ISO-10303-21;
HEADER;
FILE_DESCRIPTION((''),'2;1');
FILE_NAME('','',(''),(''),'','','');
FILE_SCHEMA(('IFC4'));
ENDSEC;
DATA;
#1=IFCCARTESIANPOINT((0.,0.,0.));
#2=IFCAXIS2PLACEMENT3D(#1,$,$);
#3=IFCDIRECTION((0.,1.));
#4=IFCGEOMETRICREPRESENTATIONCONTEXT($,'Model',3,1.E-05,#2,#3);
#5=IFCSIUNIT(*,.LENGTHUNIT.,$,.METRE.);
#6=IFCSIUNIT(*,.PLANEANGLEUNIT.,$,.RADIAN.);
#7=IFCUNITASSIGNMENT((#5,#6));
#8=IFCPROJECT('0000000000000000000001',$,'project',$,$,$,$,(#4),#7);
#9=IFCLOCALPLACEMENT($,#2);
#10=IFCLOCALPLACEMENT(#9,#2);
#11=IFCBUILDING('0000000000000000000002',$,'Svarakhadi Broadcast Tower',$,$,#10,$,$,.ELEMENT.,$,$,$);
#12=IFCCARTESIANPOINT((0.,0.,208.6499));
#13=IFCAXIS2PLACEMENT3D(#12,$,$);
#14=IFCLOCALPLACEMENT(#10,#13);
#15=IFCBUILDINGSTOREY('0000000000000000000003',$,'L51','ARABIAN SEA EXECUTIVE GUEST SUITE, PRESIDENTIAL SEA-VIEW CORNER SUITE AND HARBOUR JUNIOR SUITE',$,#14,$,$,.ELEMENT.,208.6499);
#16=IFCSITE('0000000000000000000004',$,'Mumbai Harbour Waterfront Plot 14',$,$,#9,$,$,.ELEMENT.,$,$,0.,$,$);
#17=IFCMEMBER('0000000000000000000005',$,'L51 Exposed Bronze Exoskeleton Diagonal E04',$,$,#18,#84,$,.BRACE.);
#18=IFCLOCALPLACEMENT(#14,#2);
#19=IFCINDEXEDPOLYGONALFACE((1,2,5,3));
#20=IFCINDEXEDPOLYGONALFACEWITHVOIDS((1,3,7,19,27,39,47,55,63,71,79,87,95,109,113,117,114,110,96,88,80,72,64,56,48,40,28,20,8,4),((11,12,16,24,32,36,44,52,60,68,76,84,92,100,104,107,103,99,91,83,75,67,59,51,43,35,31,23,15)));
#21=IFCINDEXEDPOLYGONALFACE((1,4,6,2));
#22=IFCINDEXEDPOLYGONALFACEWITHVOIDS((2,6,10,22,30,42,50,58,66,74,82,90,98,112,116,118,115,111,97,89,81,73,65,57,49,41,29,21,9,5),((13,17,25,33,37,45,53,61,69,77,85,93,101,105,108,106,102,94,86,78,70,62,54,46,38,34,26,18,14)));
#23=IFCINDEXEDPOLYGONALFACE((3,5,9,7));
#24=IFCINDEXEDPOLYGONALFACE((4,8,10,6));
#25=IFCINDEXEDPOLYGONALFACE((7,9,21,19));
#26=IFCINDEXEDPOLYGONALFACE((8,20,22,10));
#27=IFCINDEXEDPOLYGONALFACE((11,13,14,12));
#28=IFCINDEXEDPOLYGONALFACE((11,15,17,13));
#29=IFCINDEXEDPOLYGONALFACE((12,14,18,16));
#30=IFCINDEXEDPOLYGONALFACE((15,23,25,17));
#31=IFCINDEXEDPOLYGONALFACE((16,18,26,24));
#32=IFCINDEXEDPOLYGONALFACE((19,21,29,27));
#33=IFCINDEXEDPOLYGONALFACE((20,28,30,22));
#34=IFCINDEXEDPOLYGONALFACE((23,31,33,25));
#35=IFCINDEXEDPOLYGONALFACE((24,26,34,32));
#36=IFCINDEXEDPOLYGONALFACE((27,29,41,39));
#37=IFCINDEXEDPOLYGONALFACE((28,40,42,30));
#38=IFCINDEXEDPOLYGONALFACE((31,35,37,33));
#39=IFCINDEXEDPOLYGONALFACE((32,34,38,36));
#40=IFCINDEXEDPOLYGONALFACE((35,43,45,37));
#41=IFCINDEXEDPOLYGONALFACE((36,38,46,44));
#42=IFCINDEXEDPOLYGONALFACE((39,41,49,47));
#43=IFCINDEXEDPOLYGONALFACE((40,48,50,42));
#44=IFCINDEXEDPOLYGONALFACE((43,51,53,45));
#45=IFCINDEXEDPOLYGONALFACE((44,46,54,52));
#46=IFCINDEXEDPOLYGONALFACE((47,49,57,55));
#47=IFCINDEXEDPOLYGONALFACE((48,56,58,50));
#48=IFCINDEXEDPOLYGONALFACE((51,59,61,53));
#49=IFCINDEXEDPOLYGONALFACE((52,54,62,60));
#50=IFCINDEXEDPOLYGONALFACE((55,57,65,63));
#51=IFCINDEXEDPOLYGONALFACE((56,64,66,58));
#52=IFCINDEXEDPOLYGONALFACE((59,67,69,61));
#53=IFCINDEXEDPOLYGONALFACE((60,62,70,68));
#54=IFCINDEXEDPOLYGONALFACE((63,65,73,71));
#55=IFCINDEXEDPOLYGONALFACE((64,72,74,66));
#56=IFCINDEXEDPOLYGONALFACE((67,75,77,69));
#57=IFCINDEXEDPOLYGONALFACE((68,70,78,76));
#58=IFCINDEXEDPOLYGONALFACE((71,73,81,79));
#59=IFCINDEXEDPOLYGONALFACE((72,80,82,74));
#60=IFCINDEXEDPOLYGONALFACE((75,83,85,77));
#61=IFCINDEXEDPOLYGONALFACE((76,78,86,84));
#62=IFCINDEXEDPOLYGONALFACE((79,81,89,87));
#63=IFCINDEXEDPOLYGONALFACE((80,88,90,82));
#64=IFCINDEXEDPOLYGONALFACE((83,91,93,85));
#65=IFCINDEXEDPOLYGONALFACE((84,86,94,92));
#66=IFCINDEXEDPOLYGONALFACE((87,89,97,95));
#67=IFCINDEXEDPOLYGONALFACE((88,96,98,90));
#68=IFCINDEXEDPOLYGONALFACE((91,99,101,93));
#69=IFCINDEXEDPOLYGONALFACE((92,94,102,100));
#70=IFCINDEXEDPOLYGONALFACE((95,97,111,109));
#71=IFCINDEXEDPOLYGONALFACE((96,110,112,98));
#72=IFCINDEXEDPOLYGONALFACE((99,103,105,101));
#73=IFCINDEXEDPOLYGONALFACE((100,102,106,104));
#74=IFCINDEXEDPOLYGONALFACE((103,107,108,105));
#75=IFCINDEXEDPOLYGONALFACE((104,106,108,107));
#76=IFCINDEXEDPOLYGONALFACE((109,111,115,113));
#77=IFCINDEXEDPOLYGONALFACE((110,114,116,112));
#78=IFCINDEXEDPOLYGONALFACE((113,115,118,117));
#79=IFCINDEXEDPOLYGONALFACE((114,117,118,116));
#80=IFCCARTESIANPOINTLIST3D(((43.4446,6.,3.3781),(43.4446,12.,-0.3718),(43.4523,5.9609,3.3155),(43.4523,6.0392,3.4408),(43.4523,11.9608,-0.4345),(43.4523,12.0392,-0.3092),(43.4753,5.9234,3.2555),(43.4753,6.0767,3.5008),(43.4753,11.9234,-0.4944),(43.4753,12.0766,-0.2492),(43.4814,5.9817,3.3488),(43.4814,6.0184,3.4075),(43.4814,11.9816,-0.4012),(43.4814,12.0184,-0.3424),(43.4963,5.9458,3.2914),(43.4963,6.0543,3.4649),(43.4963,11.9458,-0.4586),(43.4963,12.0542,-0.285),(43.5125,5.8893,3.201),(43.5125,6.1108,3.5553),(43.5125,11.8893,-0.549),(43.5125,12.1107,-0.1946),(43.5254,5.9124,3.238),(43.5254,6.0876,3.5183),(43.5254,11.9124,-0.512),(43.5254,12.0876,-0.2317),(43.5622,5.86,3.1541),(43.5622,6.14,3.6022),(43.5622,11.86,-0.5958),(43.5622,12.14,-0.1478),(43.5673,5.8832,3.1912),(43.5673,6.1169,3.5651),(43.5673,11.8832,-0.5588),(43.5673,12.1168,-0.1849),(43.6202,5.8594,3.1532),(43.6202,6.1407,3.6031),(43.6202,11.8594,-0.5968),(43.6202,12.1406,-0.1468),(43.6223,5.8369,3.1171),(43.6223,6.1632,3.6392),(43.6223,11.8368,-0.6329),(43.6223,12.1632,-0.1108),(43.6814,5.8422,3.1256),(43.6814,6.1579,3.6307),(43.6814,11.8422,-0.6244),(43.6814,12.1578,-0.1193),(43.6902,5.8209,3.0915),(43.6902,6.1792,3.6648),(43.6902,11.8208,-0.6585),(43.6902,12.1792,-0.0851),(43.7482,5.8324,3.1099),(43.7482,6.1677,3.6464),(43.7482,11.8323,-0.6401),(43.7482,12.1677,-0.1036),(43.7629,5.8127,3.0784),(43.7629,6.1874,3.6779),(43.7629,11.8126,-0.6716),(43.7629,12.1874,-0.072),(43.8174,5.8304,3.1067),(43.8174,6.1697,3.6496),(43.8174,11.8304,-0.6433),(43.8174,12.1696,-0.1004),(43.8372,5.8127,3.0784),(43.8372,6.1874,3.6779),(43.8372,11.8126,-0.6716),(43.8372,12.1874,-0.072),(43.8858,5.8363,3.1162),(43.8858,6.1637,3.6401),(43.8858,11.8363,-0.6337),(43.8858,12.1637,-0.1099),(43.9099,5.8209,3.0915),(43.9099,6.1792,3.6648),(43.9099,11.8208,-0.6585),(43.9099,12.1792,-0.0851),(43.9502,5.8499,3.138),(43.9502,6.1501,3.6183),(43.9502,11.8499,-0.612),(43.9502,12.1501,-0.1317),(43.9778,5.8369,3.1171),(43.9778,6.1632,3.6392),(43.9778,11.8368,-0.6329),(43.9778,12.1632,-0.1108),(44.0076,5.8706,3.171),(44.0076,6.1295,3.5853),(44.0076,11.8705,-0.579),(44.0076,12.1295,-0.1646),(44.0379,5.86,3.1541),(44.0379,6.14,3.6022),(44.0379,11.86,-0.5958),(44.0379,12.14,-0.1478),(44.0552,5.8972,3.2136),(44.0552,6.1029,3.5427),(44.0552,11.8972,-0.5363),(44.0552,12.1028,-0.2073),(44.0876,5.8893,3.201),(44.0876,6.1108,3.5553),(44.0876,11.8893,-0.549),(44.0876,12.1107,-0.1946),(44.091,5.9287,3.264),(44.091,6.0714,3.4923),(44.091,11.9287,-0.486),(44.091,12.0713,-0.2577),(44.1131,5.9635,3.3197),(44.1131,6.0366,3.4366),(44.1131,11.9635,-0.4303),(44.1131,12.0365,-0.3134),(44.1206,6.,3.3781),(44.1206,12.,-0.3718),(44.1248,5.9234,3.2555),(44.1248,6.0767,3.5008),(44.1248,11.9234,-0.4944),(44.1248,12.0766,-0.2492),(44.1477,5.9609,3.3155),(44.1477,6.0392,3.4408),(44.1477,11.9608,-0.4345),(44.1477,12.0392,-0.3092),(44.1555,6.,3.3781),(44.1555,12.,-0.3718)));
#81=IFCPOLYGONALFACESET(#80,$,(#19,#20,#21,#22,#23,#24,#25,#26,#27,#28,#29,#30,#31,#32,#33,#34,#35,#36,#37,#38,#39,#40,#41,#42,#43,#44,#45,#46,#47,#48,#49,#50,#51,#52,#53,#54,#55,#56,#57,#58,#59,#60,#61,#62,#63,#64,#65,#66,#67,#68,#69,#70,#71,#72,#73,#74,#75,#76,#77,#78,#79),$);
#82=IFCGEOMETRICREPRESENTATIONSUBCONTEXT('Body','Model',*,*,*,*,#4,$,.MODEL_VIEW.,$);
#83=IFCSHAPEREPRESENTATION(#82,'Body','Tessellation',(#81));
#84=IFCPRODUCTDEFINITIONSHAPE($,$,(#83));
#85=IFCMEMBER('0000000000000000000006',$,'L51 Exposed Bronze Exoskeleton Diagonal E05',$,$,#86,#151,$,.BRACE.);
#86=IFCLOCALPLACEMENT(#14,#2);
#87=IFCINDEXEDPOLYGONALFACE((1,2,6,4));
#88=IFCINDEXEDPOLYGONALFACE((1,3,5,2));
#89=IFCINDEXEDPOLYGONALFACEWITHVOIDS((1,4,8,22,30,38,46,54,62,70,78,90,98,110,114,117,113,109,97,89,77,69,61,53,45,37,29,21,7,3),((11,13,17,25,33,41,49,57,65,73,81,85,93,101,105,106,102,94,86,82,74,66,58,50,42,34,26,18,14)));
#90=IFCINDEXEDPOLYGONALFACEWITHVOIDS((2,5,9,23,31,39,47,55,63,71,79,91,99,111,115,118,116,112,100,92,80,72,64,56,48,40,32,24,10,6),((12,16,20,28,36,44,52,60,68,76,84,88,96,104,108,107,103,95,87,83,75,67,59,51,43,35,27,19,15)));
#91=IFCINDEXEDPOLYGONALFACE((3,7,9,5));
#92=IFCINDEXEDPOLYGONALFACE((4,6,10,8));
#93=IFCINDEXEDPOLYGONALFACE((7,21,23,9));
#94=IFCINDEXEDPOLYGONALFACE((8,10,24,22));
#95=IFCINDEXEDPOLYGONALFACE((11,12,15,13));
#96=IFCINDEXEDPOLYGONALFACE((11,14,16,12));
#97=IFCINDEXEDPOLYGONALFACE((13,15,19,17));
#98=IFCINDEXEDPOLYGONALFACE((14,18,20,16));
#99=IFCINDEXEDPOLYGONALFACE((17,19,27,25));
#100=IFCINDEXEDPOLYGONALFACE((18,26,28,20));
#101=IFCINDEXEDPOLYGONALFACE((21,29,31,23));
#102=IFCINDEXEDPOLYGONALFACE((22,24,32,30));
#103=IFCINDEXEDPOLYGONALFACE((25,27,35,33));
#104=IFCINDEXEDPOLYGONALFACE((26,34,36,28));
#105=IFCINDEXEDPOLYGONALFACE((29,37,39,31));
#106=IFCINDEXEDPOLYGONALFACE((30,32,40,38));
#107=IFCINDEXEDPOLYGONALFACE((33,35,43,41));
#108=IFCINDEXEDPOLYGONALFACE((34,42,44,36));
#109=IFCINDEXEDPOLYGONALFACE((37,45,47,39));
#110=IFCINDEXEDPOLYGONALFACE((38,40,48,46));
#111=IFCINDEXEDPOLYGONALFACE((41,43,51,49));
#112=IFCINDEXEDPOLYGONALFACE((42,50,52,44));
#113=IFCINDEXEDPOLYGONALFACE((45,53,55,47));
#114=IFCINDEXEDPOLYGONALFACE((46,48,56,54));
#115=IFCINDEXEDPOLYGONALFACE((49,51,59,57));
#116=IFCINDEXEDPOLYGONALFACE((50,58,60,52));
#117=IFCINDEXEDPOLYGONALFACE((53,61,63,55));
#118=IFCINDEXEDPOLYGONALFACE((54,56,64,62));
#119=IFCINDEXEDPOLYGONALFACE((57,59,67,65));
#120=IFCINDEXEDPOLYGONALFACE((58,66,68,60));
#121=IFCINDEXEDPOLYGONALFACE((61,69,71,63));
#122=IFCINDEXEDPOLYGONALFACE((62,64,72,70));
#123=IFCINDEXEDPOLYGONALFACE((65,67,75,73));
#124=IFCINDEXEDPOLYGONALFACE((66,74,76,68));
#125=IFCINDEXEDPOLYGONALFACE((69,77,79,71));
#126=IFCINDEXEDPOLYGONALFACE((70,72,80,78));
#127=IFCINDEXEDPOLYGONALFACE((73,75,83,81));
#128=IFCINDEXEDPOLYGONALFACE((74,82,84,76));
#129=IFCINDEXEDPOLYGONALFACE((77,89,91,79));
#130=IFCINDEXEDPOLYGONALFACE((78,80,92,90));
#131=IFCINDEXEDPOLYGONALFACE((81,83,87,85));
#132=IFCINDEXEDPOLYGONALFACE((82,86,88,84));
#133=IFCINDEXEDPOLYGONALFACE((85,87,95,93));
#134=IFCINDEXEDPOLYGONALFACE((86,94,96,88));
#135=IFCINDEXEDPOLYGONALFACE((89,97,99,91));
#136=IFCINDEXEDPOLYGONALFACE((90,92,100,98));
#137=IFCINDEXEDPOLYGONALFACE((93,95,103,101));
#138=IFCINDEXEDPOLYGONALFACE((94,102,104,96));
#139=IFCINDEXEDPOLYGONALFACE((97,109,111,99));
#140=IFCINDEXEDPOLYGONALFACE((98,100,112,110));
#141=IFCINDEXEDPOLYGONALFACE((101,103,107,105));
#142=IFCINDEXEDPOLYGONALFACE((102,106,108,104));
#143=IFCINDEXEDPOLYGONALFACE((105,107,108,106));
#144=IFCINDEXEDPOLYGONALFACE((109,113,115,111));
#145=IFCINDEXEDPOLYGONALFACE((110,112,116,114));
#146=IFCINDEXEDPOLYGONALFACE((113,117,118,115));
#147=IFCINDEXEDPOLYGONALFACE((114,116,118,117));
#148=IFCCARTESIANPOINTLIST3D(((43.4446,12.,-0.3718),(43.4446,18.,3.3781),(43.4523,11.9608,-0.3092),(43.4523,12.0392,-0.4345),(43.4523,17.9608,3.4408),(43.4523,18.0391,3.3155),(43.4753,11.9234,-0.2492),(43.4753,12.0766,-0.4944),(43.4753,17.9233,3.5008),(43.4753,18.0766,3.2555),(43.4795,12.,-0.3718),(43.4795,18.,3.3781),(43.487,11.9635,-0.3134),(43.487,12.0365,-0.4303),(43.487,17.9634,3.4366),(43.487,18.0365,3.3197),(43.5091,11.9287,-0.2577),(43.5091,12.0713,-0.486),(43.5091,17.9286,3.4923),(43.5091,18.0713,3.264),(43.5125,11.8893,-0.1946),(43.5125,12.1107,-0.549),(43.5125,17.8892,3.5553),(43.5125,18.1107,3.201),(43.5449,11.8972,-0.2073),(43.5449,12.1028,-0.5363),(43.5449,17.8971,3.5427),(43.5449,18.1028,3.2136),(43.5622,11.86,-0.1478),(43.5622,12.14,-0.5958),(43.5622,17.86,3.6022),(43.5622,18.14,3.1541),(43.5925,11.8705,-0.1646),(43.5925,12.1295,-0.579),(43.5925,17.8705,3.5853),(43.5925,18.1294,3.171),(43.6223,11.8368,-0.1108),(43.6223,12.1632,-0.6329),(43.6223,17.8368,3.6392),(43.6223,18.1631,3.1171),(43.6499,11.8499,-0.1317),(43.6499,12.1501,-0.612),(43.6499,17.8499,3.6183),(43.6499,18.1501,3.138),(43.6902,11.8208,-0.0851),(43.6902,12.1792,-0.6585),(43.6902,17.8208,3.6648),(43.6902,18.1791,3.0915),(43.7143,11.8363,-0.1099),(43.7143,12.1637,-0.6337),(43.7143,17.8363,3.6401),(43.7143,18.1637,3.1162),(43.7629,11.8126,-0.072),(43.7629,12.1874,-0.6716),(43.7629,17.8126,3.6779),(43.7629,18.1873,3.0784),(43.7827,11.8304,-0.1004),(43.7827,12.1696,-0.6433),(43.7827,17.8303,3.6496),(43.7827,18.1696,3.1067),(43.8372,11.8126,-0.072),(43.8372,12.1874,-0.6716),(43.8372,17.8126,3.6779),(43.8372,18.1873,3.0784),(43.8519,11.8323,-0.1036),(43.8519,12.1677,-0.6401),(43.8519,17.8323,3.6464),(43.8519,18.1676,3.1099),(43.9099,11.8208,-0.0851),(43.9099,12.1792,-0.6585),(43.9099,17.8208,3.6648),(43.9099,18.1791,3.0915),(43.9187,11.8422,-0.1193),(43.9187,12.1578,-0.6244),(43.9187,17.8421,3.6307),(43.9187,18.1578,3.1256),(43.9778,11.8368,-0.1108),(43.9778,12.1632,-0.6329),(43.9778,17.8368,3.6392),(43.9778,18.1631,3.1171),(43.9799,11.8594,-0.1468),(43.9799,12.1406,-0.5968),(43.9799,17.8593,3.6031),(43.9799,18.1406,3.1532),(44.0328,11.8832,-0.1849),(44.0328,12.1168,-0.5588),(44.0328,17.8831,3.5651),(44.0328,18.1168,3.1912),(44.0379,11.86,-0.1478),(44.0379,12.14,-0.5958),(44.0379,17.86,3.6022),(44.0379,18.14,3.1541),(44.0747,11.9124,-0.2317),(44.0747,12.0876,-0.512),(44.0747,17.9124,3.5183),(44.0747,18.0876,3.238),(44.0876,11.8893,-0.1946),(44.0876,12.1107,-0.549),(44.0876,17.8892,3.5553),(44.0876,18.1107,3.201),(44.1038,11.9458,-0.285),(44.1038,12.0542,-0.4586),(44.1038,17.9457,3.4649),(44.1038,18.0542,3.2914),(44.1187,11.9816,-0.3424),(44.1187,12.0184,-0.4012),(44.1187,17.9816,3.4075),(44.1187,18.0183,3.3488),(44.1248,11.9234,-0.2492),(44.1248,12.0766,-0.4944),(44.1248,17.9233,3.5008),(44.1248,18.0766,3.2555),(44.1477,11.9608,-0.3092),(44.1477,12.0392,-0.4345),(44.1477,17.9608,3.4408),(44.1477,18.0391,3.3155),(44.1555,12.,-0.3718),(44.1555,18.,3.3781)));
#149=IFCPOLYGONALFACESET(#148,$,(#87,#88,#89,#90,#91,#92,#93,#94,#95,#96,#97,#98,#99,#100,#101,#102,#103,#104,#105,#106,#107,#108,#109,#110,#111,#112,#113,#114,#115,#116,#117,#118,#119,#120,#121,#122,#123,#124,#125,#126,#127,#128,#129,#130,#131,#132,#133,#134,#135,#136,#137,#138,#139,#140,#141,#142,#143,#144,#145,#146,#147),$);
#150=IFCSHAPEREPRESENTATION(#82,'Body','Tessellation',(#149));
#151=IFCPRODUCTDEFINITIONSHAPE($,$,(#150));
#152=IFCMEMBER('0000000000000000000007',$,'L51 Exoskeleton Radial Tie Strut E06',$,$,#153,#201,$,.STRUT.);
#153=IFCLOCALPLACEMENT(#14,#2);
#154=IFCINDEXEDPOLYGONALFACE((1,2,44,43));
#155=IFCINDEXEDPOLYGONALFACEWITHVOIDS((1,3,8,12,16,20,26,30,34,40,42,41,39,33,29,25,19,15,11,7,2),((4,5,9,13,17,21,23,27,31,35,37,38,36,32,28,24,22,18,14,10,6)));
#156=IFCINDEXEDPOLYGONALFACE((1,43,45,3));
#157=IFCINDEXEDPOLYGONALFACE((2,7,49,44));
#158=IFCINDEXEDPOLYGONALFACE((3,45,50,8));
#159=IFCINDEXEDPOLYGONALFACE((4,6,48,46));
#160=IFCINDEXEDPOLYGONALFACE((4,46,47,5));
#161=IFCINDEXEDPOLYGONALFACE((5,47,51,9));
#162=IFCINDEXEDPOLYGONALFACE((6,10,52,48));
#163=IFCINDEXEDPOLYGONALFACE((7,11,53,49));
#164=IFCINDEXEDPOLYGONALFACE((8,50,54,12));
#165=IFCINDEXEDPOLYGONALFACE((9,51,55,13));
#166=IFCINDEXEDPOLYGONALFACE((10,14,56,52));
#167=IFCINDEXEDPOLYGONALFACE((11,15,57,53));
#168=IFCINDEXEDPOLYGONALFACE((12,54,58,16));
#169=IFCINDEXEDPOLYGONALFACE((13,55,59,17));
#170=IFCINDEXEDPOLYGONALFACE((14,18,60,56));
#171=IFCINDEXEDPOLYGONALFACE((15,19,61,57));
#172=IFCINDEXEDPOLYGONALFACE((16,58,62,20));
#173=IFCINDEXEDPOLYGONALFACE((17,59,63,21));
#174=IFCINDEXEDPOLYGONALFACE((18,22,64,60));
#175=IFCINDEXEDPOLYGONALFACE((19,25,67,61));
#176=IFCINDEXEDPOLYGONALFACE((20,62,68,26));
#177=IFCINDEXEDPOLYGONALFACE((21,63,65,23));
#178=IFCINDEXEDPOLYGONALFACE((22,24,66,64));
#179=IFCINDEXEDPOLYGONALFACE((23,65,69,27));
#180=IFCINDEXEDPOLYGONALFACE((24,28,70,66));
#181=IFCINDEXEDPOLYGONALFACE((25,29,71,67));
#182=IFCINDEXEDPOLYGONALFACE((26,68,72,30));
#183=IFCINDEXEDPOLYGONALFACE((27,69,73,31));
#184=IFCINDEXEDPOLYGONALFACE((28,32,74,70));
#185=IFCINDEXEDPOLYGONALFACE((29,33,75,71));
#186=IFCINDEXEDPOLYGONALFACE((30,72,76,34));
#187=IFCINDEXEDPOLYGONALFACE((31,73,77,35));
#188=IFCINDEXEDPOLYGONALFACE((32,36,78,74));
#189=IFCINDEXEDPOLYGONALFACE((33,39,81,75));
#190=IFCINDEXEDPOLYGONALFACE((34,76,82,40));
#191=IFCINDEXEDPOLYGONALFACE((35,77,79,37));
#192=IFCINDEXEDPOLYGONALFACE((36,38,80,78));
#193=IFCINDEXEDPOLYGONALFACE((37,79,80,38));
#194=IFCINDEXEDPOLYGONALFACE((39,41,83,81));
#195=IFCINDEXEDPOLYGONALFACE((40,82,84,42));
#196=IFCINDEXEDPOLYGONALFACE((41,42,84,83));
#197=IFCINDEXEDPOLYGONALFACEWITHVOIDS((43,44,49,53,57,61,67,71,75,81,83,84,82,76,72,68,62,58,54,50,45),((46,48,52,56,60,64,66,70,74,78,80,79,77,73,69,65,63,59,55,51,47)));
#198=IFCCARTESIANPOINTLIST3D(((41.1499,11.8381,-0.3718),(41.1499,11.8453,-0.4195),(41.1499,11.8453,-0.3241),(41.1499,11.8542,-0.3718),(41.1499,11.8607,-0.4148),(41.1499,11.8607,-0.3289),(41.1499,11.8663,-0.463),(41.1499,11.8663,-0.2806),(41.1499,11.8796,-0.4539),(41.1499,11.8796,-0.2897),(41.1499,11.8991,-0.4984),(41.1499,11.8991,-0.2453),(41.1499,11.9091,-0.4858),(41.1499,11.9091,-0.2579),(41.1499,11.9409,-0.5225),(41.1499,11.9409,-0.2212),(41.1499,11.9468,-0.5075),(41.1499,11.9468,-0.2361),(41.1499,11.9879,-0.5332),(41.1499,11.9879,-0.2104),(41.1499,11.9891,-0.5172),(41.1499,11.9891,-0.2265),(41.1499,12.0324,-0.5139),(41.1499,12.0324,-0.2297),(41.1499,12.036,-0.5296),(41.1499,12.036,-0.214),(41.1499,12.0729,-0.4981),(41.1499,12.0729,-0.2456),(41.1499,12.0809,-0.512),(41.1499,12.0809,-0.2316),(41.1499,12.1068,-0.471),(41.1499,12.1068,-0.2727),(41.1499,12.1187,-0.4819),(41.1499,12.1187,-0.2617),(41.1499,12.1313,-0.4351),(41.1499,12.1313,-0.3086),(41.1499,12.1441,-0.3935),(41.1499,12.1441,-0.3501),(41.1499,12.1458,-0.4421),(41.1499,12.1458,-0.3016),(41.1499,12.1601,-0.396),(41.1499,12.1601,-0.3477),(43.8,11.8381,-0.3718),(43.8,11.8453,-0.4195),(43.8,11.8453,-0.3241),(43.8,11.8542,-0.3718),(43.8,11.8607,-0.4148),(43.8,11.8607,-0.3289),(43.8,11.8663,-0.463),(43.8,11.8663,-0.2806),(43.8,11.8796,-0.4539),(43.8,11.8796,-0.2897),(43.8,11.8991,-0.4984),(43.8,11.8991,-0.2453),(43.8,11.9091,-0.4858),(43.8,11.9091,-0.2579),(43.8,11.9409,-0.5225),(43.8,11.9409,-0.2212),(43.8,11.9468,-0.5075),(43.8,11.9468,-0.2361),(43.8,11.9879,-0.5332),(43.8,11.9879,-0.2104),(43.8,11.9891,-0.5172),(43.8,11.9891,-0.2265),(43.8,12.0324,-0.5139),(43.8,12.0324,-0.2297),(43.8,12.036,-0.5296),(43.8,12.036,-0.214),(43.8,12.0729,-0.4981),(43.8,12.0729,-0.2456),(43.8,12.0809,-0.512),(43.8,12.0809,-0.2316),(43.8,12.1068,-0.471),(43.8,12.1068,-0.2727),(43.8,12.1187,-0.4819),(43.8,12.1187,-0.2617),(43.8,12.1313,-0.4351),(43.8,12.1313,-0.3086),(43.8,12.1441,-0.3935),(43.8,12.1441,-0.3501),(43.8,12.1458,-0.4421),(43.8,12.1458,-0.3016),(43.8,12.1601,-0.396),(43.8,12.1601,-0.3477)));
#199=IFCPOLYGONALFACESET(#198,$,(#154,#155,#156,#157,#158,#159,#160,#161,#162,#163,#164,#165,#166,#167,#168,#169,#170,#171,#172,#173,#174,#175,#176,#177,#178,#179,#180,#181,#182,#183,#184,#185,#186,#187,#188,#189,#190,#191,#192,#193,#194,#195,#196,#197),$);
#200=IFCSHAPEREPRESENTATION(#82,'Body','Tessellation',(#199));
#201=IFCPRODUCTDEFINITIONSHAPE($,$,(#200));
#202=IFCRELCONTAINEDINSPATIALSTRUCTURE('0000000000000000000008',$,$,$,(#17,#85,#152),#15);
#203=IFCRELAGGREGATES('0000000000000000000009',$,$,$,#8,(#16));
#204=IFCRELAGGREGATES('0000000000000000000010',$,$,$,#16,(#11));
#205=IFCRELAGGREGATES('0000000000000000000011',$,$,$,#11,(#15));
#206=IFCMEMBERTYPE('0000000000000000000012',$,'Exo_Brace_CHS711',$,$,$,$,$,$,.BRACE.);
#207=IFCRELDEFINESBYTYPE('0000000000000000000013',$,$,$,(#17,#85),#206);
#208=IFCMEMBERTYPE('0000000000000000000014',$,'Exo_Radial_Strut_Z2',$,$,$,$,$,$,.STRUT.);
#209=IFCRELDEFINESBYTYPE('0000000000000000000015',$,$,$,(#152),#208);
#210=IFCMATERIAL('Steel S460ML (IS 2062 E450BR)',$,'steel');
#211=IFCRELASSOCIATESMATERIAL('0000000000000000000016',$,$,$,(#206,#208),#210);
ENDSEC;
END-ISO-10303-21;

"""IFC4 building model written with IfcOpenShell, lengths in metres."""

from ifc_helpers import new_model, si_unit, direction, frame, origin, origin_2d, place, context, subcontext, project, spatial, hollow_circle, extrude, material, material_profile, profile_set, type_object, element, save


model = new_model("IFC4")

# Units and contexts
model_context = context("Model", 3, precision=1e-05, world=origin(), true_north=direction((0.0, 1.0)))
body_context = subcontext(model_context, "Body", "Model", "MODEL_VIEW")
ifc_project = project(units=[si_unit("LENGTHUNIT", "METRE"), si_unit("PLANEANGLEUNIT", "RADIAN")], contexts=[model_context])

# Site, building, storey
site_placement = place(None, origin())
site = spatial("IfcSite", under=ifc_project, at=site_placement, Name="Mumbai Harbour Waterfront Plot 14", CompositionType="ELEMENT", RefElevation=0.0)
building_placement = place(site_placement, origin())
building = spatial("IfcBuilding", under=site, at=building_placement, Name="Svarakhadi Broadcast Tower", CompositionType="ELEMENT")
storey_placement = place(building_placement, frame((0.0, 0.0, 208.6499)))
storey = spatial("IfcBuildingStorey", under=building, at=storey_placement, Name="L51", Description="ARABIAN SEA EXECUTIVE GUEST SUITE, PRESIDENTIAL SEA-VIEW CORNER SUITE AND HARBOUR JUNIOR SUITE", CompositionType="ELEMENT", Elevation=208.6499)

# Shared definitions
ifc_material_1 = material(Name="Steel S460ML (IS 2062 E450BR)", Category="steel")

# Members
ifc_material_profile_1 = material_profile(ifc_material_1, hollow_circle(Radius=0.3555, WallThickness=0.0349, at=origin_2d()), Name="CHS 711x35")
ifc_profile_set_1 = profile_set([ifc_material_profile_1], Name="Steel S460ML (IS 2062 E450BR)")
member_type_1 = type_object("IfcMemberType", Name="Exo_Brace_CHS711", PredefinedType="BRACE", material=ifc_profile_set_1)
for number, where, z_axis, x_axis, name in (
    (1, (43.8, 12.0, -0.3718), (0.0, -0.847998, 0.529999), (1.0, 0.0, 0.0), "L51 Exposed Bronze Exoskeleton Diagonal E04"),
    (2, (43.8, 12.0, -0.3718), (0.0, 0.847998, 0.529999), (-1.0, 0.0, 0.0), "L51 Exposed Bronze Exoskeleton Diagonal E05"),
):
    element("IfcMember", number, at=place(storey_placement, frame(where, z_axis=z_axis, x_axis=x_axis)), inside=storey, type_object=member_type_1, Name=name, PredefinedType="BRACE", context=body_context, shape_type="SweptSolid", body=[
        extrude(hollow_circle(Radius=0.3555, WallThickness=0.0349, at=origin_2d()), origin(), (0.0, 0.0, 1.0), 7.0754),
    ])
ifc_material_profile_2 = material_profile(ifc_material_1, hollow_circle(Radius=0.1619, WallThickness=0.0161, at=origin_2d()), Name="CHS 323.9x16")
ifc_profile_set_2 = profile_set([ifc_material_profile_2], Name="Steel S460ML (IS 2062 E450BR)")
member_type_2 = type_object("IfcMemberType", Name="Exo_Radial_Strut_Z2", PredefinedType="STRUT", material=ifc_profile_set_2)
member_1_placement = place(storey_placement, frame((43.8, 12.0, -0.3718), z_axis=(-1.0, 0.0, 0.0), x_axis=(0.0, -1.0, 0.0)))
element("IfcMember", 3, at=member_1_placement, inside=storey, type_object=member_type_2, Name="L51 Exoskeleton Radial Tie Strut E06", PredefinedType="STRUT", context=body_context, shape_type="SweptSolid", body=[
    extrude(hollow_circle(Radius=0.1619, WallThickness=0.0161, at=origin_2d()), origin(), (0.0, 0.0, 1.0), 2.6501),
])

save(model, "model.ifc")
